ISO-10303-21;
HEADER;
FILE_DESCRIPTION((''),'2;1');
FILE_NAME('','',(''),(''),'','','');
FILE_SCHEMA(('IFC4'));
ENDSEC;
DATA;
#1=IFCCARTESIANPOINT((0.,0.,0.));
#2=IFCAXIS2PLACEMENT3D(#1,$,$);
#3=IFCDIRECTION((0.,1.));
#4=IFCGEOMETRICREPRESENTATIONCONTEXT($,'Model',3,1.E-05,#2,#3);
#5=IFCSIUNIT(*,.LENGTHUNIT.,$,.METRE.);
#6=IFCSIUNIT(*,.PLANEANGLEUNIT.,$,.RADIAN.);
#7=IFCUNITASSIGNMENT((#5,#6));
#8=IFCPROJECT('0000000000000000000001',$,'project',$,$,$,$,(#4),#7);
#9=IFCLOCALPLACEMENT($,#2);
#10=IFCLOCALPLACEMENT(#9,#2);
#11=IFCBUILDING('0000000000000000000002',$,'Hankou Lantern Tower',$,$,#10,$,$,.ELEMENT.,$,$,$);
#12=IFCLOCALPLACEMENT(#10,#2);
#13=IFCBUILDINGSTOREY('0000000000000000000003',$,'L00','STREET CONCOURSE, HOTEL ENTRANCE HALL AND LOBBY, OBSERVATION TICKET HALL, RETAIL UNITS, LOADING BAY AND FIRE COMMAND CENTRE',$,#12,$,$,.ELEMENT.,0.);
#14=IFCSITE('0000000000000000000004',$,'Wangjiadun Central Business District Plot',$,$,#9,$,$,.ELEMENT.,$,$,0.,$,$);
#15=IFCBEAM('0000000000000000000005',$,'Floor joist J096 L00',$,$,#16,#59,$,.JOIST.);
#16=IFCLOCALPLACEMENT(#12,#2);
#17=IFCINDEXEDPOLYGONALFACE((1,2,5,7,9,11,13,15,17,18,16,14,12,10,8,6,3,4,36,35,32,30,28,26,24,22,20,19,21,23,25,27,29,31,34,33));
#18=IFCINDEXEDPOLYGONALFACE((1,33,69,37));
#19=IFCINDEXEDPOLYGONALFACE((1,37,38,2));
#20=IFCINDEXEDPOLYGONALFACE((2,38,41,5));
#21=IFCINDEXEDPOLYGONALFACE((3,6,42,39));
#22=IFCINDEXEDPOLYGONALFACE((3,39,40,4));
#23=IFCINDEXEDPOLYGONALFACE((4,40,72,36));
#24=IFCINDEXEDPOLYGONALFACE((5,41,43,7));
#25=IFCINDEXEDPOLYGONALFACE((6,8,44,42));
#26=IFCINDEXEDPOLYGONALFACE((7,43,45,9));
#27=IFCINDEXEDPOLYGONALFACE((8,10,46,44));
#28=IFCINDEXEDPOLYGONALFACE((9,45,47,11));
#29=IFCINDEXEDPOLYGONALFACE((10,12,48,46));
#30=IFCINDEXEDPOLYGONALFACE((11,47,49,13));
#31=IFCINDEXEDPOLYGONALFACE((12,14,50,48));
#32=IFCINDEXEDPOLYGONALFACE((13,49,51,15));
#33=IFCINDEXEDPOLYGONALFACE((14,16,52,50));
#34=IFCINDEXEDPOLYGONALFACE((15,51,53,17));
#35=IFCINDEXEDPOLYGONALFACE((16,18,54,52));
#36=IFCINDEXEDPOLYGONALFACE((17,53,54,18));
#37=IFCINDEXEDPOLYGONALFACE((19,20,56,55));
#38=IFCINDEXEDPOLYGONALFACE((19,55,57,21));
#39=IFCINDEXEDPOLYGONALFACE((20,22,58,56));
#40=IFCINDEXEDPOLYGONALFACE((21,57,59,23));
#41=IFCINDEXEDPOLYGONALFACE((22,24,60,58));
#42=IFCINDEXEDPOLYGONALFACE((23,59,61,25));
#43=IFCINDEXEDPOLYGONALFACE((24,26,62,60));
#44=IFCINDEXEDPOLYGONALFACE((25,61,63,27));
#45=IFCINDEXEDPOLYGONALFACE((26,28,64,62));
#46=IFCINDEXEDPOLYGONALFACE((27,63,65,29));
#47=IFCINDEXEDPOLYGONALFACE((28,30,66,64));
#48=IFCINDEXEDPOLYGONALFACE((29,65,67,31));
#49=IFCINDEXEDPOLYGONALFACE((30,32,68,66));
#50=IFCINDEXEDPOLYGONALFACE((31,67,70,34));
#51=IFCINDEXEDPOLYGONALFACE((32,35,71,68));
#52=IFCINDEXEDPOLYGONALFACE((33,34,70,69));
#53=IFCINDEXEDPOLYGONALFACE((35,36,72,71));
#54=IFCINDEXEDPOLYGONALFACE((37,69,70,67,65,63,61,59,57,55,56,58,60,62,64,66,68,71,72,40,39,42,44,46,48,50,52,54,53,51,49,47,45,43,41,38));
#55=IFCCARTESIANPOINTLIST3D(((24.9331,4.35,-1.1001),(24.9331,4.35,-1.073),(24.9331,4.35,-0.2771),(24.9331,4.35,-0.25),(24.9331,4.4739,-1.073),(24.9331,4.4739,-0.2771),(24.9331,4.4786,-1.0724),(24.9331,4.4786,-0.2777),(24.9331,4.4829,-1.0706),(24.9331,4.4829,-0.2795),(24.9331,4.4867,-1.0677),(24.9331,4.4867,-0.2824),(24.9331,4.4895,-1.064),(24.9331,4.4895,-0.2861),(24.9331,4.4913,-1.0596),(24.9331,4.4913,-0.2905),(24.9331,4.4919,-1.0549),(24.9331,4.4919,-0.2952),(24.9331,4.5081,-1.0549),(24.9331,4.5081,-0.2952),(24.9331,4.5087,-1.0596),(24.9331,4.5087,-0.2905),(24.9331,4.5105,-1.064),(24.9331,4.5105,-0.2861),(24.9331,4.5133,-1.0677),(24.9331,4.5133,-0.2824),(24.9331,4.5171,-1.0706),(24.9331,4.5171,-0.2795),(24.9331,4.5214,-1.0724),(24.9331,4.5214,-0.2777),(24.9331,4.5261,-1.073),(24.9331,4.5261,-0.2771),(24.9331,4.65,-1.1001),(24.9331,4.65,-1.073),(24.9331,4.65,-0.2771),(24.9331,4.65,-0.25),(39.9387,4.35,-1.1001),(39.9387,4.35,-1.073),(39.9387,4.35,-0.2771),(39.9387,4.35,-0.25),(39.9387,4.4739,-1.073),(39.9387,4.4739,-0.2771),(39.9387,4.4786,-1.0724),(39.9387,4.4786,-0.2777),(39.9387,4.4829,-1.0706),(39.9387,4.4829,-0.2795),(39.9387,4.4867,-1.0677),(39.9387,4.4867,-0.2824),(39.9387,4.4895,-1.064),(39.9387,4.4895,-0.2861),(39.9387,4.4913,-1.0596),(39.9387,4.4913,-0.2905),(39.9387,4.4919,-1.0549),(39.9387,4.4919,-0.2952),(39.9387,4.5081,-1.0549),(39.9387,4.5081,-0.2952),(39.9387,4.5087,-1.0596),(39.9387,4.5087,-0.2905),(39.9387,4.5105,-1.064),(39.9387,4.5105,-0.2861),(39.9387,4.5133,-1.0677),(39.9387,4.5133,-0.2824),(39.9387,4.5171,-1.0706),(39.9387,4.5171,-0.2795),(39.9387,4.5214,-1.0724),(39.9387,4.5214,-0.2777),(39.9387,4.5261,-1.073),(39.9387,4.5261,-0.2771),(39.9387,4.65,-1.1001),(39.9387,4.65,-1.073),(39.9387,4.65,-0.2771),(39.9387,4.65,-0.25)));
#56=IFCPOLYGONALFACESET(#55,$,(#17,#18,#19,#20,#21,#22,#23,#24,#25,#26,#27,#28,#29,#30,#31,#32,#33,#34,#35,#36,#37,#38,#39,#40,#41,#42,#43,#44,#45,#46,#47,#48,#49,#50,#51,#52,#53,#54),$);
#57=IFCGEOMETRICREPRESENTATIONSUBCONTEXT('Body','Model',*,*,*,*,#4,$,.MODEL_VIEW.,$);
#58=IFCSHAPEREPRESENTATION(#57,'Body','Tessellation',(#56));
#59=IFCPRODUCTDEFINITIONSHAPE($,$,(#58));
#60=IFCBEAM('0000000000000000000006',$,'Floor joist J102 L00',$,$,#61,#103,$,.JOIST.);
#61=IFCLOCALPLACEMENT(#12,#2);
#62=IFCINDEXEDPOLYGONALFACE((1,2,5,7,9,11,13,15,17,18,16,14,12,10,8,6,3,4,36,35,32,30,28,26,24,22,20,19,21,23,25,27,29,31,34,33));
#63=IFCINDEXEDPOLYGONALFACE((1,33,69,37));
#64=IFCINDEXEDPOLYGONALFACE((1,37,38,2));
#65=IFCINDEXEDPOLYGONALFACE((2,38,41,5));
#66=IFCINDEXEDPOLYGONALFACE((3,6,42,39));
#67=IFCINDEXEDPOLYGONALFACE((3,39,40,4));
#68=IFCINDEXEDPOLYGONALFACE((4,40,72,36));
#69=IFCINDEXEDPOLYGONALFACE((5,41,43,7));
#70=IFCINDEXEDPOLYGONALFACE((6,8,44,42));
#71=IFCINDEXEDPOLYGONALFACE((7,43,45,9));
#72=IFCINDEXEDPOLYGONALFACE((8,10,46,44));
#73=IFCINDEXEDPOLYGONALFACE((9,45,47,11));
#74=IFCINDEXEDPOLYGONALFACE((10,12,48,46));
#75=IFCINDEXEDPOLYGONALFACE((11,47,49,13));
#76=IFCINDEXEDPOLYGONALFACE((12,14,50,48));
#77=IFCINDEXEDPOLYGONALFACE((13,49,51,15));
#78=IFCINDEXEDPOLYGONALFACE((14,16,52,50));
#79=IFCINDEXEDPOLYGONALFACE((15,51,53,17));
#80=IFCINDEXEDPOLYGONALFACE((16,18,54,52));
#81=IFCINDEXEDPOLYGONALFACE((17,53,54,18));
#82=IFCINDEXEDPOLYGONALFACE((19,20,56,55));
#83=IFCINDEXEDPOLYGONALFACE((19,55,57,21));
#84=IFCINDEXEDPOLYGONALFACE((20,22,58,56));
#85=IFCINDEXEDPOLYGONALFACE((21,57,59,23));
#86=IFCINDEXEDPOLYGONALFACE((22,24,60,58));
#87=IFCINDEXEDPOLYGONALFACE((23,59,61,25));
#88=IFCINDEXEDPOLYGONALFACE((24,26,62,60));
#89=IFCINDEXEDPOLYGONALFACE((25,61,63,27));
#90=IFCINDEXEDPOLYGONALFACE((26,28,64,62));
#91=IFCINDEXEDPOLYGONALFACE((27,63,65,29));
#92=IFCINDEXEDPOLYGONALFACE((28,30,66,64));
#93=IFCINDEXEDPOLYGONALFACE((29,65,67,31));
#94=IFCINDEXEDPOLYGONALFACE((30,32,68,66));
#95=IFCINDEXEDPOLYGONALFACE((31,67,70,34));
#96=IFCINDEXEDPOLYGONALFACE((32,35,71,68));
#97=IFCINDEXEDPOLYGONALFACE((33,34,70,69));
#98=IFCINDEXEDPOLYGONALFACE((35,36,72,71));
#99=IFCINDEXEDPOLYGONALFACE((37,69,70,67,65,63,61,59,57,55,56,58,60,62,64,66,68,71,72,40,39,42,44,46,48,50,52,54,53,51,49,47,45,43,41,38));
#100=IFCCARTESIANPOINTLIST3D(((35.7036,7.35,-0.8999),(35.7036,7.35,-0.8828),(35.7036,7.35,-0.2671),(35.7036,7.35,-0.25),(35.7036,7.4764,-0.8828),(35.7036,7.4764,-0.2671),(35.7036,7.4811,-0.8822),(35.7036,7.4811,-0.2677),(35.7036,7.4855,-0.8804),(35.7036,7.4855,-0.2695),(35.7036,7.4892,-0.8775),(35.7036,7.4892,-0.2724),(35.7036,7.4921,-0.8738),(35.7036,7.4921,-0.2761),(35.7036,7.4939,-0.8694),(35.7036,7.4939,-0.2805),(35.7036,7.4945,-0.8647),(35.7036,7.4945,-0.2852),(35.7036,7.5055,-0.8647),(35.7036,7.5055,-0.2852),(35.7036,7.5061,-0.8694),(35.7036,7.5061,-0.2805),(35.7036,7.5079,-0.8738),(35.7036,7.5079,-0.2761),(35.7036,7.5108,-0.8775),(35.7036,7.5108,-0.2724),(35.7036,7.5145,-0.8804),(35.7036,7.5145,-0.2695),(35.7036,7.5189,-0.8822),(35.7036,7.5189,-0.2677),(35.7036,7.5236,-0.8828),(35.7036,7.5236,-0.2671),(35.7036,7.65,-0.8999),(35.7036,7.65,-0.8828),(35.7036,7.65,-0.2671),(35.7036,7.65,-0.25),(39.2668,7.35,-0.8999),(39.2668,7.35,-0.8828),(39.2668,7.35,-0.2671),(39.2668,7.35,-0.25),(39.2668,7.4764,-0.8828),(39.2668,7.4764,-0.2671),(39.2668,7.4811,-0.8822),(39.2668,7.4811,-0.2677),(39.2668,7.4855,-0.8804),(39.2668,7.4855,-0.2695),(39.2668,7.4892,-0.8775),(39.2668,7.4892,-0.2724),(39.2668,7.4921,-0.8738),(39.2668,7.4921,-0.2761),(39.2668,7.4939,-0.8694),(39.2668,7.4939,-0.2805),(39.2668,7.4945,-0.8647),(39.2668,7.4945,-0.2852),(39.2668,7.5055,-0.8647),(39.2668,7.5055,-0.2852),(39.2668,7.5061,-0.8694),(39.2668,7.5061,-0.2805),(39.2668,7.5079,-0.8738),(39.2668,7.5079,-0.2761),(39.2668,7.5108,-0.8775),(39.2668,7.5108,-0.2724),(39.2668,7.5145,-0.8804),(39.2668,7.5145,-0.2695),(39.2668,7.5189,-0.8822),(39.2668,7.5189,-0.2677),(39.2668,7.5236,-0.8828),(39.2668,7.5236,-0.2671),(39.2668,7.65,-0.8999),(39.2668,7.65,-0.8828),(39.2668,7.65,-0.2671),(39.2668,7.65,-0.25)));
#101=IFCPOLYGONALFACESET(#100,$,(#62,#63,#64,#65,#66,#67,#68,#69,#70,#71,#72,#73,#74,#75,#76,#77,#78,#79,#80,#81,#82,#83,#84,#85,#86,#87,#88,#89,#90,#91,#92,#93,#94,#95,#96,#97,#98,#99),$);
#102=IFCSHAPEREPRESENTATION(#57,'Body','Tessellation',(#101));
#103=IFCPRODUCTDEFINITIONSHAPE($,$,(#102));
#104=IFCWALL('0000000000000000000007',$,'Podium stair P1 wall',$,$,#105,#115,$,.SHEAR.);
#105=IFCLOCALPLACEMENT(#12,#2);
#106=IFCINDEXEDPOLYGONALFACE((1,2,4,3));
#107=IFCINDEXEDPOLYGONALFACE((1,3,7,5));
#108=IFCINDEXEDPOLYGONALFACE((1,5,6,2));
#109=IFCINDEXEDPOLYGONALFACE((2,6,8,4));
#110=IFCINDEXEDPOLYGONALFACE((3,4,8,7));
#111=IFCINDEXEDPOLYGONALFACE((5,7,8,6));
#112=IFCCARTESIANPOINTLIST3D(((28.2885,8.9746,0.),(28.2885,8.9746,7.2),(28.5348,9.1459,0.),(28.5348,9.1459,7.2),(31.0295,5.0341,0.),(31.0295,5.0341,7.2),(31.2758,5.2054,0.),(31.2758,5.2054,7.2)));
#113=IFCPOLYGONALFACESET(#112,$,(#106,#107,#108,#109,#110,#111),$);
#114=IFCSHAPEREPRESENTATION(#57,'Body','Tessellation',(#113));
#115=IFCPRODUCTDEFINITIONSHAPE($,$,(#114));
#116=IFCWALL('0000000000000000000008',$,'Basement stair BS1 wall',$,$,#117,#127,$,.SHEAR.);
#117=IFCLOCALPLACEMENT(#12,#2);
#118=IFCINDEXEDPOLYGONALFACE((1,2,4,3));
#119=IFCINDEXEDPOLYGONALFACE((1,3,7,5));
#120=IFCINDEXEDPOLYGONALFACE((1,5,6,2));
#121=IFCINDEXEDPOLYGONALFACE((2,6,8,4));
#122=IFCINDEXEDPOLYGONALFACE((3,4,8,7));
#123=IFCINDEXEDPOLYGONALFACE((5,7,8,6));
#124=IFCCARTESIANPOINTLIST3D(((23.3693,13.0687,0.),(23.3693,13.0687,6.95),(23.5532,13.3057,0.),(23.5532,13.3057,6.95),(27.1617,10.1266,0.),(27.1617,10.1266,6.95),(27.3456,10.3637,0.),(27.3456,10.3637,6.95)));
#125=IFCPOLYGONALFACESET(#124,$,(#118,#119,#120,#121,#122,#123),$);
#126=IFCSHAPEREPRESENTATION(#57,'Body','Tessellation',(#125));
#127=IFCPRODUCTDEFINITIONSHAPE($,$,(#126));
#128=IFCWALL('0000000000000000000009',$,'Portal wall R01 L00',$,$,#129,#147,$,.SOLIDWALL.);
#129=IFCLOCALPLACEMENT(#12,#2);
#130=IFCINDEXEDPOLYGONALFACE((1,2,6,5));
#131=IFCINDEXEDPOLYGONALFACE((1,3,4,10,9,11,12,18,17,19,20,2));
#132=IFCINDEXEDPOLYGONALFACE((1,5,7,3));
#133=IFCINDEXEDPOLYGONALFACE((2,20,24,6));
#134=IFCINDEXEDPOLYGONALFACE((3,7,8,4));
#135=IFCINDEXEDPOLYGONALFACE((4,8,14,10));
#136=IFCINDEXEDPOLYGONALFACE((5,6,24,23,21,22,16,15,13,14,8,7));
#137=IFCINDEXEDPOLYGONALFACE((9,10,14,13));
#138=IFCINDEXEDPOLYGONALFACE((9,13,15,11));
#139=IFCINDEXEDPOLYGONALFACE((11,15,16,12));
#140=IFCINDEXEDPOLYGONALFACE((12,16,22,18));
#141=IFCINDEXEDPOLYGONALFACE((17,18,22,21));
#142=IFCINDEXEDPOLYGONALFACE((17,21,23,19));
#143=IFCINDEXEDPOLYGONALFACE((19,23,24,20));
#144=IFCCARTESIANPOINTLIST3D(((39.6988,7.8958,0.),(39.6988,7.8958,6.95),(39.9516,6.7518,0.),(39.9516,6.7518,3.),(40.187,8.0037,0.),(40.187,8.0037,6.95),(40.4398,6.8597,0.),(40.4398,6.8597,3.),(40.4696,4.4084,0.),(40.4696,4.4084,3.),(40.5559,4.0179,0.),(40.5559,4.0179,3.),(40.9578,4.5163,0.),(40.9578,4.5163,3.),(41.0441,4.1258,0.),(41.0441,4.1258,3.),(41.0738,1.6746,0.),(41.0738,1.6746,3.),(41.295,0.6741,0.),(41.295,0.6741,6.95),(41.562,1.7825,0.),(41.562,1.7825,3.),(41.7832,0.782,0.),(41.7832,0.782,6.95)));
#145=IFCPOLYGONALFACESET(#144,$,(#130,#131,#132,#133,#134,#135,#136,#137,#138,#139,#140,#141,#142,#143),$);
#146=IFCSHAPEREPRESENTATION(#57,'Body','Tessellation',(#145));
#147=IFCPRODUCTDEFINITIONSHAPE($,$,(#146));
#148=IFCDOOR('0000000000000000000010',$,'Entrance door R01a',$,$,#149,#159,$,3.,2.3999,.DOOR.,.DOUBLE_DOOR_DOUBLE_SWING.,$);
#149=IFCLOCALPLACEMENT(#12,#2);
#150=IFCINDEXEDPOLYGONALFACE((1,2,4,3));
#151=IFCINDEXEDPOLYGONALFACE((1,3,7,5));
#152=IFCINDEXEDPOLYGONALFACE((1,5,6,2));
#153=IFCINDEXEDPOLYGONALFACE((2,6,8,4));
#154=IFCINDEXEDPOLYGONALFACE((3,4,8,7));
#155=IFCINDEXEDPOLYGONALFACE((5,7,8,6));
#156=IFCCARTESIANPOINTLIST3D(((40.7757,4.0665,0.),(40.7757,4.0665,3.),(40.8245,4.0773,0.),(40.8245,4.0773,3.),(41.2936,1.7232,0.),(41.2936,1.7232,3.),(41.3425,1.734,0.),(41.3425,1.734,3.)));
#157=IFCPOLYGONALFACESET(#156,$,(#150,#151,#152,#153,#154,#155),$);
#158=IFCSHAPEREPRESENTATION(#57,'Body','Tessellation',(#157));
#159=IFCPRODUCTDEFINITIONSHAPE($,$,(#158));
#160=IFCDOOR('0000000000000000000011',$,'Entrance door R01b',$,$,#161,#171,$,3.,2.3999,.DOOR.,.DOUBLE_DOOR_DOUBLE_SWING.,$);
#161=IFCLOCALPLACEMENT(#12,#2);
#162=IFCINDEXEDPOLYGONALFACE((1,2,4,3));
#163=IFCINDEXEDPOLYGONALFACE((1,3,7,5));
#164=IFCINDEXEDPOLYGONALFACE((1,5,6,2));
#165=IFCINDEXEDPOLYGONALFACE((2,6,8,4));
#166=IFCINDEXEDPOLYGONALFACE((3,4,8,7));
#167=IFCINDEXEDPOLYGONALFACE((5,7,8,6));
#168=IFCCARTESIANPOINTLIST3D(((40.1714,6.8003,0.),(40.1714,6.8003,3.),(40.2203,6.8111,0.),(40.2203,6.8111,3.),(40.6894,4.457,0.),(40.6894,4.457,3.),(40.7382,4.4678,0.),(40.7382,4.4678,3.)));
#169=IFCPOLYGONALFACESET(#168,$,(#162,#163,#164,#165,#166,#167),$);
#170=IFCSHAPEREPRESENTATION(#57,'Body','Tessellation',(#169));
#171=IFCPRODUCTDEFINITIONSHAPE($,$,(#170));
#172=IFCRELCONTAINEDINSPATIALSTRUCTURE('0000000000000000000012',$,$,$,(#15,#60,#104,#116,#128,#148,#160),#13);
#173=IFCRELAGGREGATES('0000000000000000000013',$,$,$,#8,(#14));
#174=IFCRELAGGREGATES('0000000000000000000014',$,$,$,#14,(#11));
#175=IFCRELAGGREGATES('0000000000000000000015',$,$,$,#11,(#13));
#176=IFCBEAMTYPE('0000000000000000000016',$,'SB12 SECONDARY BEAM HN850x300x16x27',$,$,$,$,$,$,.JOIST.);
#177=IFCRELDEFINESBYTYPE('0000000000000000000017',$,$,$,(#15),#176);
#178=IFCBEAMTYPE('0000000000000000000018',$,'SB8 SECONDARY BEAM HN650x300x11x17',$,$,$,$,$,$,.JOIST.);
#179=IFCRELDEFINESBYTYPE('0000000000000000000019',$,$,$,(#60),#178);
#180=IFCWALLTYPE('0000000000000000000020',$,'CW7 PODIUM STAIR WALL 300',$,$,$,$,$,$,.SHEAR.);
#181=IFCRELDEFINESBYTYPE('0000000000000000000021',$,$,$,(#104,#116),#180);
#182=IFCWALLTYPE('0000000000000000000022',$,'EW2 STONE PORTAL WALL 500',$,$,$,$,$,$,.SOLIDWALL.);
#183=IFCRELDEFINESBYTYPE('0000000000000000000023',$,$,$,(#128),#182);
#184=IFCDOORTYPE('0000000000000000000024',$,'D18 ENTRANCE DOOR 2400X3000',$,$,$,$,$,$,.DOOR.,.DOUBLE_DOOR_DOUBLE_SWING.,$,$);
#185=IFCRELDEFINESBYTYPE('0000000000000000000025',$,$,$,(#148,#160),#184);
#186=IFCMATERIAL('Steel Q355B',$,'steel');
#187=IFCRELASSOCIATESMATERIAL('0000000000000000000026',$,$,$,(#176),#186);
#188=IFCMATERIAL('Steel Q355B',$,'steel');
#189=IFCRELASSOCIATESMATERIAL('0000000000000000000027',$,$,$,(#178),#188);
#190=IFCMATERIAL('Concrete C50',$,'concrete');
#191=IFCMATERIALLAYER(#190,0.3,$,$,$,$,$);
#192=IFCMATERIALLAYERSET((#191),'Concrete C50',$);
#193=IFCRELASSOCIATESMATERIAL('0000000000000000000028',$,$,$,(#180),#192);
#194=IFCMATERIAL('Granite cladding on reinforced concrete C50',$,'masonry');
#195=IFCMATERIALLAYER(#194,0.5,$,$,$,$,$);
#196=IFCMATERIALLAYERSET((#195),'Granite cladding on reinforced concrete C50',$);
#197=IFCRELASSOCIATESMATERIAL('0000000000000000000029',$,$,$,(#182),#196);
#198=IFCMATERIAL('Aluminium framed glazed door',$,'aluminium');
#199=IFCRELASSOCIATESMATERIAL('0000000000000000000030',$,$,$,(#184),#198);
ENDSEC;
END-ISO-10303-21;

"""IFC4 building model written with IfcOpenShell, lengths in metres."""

from ifc_helpers import new_model, si_unit, direction, frame, frame_2d, origin, origin_2d, place, context, subcontext, project, spatial, rectangle, i_section, extrude, material, layer, layer_set, material_profile, profile_set, type_object, element, fill, save


model = new_model("IFC4")

# Units and contexts
model_context = context("Model", 3, precision=1e-05, world=origin(), true_north=direction((0.0, 1.0)))
body_context = subcontext(model_context, "Body", "Model", "MODEL_VIEW")
ifc_project = project(units=[si_unit("LENGTHUNIT", "METRE"), si_unit("PLANEANGLEUNIT", "RADIAN")], contexts=[model_context])

# Site, building, storey
site_placement = place(None, origin())
site = spatial("IfcSite", under=ifc_project, at=site_placement, Name="Wangjiadun Central Business District Plot", CompositionType="ELEMENT", RefElevation=0.0)
building_placement = place(site_placement, origin())
building = spatial("IfcBuilding", under=site, at=building_placement, Name="Hankou Lantern Tower", CompositionType="ELEMENT")
storey_placement = place(building_placement, origin())
storey = spatial("IfcBuildingStorey", under=building, at=storey_placement, Name="L00", Description="STREET CONCOURSE, HOTEL ENTRANCE HALL AND LOBBY, OBSERVATION TICKET HALL, RETAIL UNITS, LOADING BAY AND FIRE COMMAND CENTRE", CompositionType="ELEMENT", Elevation=0.0)

# Beams
ifc_material_1 = material(Name="Steel Q355B", Category="steel")
ifc_material_profile_1 = material_profile(ifc_material_1, i_section(OverallWidth=0.3, OverallDepth=0.8501, WebThickness=0.0161, FlangeThickness=0.0271, FilletRadius=0.0181, at=origin_2d()), Name="HN850x300x16x27")
ifc_profile_set_1 = profile_set([ifc_material_profile_1], Name="Steel Q355B")
beam_type_1 = type_object("IfcBeamType", Name="SB12 SECONDARY BEAM HN850x300x16x27", PredefinedType="JOIST", material=ifc_profile_set_1)
beam_1_placement = place(storey_placement, frame((24.9331, 4.5, -0.675), z_axis=(1.0, 0.0, 0.0), x_axis=(0.0, 1.0, 0.0)))
element("IfcBeam", 1, at=beam_1_placement, inside=storey, type_object=beam_type_1, Name="Floor joist J096 L00", PredefinedType="JOIST", context=body_context, shape_type="SweptSolid", body=[
    extrude(i_section(OverallWidth=0.3, OverallDepth=0.8501, WebThickness=0.0161, FlangeThickness=0.0271, FilletRadius=0.0181, at=origin_2d()), origin(), (0.0, 0.0, 1.0), 15.0056),
])
ifc_material_2 = material(Name="Steel Q355B", Category="steel")
ifc_material_profile_2 = material_profile(ifc_material_2, i_section(OverallWidth=0.3, OverallDepth=0.6499, WebThickness=0.011, FlangeThickness=0.0171, FilletRadius=0.0181, at=origin_2d()), Name="HN650x300x11x17")
ifc_profile_set_2 = profile_set([ifc_material_profile_2], Name="Steel Q355B")
beam_type_2 = type_object("IfcBeamType", Name="SB8 SECONDARY BEAM HN650x300x11x17", PredefinedType="JOIST", material=ifc_profile_set_2)
beam_2_placement = place(storey_placement, frame((35.7036, 7.5, -0.575), z_axis=(1.0, 0.0, 0.0), x_axis=(0.0, 1.0, 0.0)))
element("IfcBeam", 2, at=beam_2_placement, inside=storey, type_object=beam_type_2, Name="Floor joist J102 L00", PredefinedType="JOIST", context=body_context, shape_type="SweptSolid", body=[
    extrude(i_section(OverallWidth=0.3, OverallDepth=0.6499, WebThickness=0.011, FlangeThickness=0.0171, FilletRadius=0.0181, at=origin_2d()), origin(), (0.0, 0.0, 1.0), 3.5632),
])

# Walls
ifc_material_3 = material(Name="Concrete C50", Category="concrete")
ifc_layer_1 = layer(ifc_material_3, 0.3)
ifc_layer_set_1 = layer_set([ifc_layer_1], Name="Concrete C50")
wall_type_1 = type_object("IfcWallType", Name="CW7 PODIUM STAIR WALL 300", PredefinedType="SHEAR", material=ifc_layer_set_1)
wall_1_placement = place(storey_placement, frame((31.1526, 5.1199, 0.0), z_axis=(0.0, 0.0, 1.0), x_axis=(-0.571036, 0.820925, 0.0)))
element("IfcWall", 3, at=wall_1_placement, inside=storey, type_object=wall_type_1, Name="Podium stair P1 wall", PredefinedType="SHEAR", context=body_context, shape_type="SweptSolid", body=[
    extrude(rectangle(XDim=4.8, YDim=0.3, at=frame_2d((2.3999, 0.0))), origin(), (0.0, 0.0, 1.0), 7.2),
])
wall_2_placement = place(storey_placement, frame((27.2537, 10.2451, 0.0), z_axis=(0.0, 0.0, 1.0), x_axis=(-0.790116, 0.612958, 0.0)))
element("IfcWall", 4, at=wall_2_placement, inside=storey, type_object=wall_type_1, Name="Basement stair BS1 wall", PredefinedType="SHEAR", context=body_context, shape_type="SweptSolid", body=[
    extrude(rectangle(XDim=4.7998, YDim=0.3, at=frame_2d((2.3999, 0.0))), origin(), (0.0, 0.0, 1.0), 6.95),
])

# Wall, openings, doors
ifc_material_4 = material(Name="Granite cladding on reinforced concrete C50", Category="masonry")
ifc_layer_2 = layer(ifc_material_4, 0.5)
ifc_layer_set_2 = layer_set([ifc_layer_2], Name="Granite cladding on reinforced concrete C50")
wall_type_2 = type_object("IfcWallType", Name="EW2 STONE PORTAL WALL 500", PredefinedType="SOLIDWALL", material=ifc_layer_set_2)
wall_3_placement = place(storey_placement, frame((41.5391, 0.728, 0.0), z_axis=(0.0, 0.0, 1.0), x_axis=(-0.215819, 0.976433, 0.0)))
wall_3 = element("IfcWall", 5, at=wall_3_placement, inside=storey, type_object=wall_type_2, Name="Portal wall R01 L00", PredefinedType="SOLIDWALL", context=body_context, shape_type="SweptSolid", body=[
    extrude(rectangle(XDim=7.396, YDim=0.5, at=frame_2d((3.698, 0.0))), origin(), (0.0, 0.0, 1.0), 6.95),
])
opening_1_placement = place(wall_3_placement, frame((1.0247, 0.0, 0.0)))
opening_1 = element("IfcOpeningElement", 6, at=opening_1_placement, cuts=wall_3, PredefinedType="OPENING", context=body_context, shape_type="SweptSolid", body=[
    extrude(rectangle(XDim=2.3999, YDim=3.0, at=frame_2d((1.2, 1.5))), frame((0.0, 0.26, 0.0), z_axis=(0.0, -1.0, 0.0), x_axis=(1.0, 0.0, 0.0)), (0.0, 0.0, 1.0), 0.52),
])
opening_2_placement = place(wall_3_placement, frame((3.8245, 0.0, 0.0)))
opening_2 = element("IfcOpeningElement", 7, at=opening_2_placement, cuts=wall_3, PredefinedType="OPENING", context=body_context, shape_type="SweptSolid", body=[
    extrude(rectangle(XDim=2.3999, YDim=3.0, at=frame_2d((1.2, 1.5))), frame((0.0, 0.26, 0.0), z_axis=(0.0, -1.0, 0.0), x_axis=(1.0, 0.0, 0.0)), (0.0, 0.0, 1.0), 0.52),
])
ifc_material_5 = material(Name="Aluminium framed glazed door", Category="aluminium")
door_type_1 = type_object("IfcDoorType", Name="D18 ENTRANCE DOOR 2400X3000", OperationType="DOUBLE_DOOR_DOUBLE_SWING", PredefinedType="DOOR", material=ifc_material_5)
door_1_placement = place(opening_1_placement, origin())
door_1 = element("IfcDoor", 8, at=door_1_placement, inside=storey, type_object=door_type_1, Name="Entrance door R01a", OperationType="DOUBLE_DOOR_DOUBLE_SWING", OverallHeight=3.0, OverallWidth=2.3999, PredefinedType="DOOR", context=body_context, shape_type="SweptSolid", body=[
    extrude(rectangle(XDim=2.3999, YDim=3.0, at=frame_2d((1.2, 1.5))), frame((0.0, 0.0249, 0.0), z_axis=(0.0, -1.0, 0.0), x_axis=(1.0, 0.0, 0.0)), (0.0, 0.0, 1.0), 0.05),
])
fill(opening_1, door_1)
door_2_placement = place(opening_2_placement, origin())
door_2 = element("IfcDoor", 9, at=door_2_placement, inside=storey, type_object=door_type_1, Name="Entrance door R01b", OperationType="DOUBLE_DOOR_DOUBLE_SWING", OverallHeight=3.0, OverallWidth=2.3999, PredefinedType="DOOR", context=body_context, shape_type="SweptSolid", body=[
    extrude(rectangle(XDim=2.3999, YDim=3.0, at=frame_2d((1.2, 1.5))), frame((0.0, 0.0249, 0.0), z_axis=(0.0, -1.0, 0.0), x_axis=(1.0, 0.0, 0.0)), (0.0, 0.0, 1.0), 0.05),
])
fill(opening_2, door_2)

save(model, "model.ifc")
